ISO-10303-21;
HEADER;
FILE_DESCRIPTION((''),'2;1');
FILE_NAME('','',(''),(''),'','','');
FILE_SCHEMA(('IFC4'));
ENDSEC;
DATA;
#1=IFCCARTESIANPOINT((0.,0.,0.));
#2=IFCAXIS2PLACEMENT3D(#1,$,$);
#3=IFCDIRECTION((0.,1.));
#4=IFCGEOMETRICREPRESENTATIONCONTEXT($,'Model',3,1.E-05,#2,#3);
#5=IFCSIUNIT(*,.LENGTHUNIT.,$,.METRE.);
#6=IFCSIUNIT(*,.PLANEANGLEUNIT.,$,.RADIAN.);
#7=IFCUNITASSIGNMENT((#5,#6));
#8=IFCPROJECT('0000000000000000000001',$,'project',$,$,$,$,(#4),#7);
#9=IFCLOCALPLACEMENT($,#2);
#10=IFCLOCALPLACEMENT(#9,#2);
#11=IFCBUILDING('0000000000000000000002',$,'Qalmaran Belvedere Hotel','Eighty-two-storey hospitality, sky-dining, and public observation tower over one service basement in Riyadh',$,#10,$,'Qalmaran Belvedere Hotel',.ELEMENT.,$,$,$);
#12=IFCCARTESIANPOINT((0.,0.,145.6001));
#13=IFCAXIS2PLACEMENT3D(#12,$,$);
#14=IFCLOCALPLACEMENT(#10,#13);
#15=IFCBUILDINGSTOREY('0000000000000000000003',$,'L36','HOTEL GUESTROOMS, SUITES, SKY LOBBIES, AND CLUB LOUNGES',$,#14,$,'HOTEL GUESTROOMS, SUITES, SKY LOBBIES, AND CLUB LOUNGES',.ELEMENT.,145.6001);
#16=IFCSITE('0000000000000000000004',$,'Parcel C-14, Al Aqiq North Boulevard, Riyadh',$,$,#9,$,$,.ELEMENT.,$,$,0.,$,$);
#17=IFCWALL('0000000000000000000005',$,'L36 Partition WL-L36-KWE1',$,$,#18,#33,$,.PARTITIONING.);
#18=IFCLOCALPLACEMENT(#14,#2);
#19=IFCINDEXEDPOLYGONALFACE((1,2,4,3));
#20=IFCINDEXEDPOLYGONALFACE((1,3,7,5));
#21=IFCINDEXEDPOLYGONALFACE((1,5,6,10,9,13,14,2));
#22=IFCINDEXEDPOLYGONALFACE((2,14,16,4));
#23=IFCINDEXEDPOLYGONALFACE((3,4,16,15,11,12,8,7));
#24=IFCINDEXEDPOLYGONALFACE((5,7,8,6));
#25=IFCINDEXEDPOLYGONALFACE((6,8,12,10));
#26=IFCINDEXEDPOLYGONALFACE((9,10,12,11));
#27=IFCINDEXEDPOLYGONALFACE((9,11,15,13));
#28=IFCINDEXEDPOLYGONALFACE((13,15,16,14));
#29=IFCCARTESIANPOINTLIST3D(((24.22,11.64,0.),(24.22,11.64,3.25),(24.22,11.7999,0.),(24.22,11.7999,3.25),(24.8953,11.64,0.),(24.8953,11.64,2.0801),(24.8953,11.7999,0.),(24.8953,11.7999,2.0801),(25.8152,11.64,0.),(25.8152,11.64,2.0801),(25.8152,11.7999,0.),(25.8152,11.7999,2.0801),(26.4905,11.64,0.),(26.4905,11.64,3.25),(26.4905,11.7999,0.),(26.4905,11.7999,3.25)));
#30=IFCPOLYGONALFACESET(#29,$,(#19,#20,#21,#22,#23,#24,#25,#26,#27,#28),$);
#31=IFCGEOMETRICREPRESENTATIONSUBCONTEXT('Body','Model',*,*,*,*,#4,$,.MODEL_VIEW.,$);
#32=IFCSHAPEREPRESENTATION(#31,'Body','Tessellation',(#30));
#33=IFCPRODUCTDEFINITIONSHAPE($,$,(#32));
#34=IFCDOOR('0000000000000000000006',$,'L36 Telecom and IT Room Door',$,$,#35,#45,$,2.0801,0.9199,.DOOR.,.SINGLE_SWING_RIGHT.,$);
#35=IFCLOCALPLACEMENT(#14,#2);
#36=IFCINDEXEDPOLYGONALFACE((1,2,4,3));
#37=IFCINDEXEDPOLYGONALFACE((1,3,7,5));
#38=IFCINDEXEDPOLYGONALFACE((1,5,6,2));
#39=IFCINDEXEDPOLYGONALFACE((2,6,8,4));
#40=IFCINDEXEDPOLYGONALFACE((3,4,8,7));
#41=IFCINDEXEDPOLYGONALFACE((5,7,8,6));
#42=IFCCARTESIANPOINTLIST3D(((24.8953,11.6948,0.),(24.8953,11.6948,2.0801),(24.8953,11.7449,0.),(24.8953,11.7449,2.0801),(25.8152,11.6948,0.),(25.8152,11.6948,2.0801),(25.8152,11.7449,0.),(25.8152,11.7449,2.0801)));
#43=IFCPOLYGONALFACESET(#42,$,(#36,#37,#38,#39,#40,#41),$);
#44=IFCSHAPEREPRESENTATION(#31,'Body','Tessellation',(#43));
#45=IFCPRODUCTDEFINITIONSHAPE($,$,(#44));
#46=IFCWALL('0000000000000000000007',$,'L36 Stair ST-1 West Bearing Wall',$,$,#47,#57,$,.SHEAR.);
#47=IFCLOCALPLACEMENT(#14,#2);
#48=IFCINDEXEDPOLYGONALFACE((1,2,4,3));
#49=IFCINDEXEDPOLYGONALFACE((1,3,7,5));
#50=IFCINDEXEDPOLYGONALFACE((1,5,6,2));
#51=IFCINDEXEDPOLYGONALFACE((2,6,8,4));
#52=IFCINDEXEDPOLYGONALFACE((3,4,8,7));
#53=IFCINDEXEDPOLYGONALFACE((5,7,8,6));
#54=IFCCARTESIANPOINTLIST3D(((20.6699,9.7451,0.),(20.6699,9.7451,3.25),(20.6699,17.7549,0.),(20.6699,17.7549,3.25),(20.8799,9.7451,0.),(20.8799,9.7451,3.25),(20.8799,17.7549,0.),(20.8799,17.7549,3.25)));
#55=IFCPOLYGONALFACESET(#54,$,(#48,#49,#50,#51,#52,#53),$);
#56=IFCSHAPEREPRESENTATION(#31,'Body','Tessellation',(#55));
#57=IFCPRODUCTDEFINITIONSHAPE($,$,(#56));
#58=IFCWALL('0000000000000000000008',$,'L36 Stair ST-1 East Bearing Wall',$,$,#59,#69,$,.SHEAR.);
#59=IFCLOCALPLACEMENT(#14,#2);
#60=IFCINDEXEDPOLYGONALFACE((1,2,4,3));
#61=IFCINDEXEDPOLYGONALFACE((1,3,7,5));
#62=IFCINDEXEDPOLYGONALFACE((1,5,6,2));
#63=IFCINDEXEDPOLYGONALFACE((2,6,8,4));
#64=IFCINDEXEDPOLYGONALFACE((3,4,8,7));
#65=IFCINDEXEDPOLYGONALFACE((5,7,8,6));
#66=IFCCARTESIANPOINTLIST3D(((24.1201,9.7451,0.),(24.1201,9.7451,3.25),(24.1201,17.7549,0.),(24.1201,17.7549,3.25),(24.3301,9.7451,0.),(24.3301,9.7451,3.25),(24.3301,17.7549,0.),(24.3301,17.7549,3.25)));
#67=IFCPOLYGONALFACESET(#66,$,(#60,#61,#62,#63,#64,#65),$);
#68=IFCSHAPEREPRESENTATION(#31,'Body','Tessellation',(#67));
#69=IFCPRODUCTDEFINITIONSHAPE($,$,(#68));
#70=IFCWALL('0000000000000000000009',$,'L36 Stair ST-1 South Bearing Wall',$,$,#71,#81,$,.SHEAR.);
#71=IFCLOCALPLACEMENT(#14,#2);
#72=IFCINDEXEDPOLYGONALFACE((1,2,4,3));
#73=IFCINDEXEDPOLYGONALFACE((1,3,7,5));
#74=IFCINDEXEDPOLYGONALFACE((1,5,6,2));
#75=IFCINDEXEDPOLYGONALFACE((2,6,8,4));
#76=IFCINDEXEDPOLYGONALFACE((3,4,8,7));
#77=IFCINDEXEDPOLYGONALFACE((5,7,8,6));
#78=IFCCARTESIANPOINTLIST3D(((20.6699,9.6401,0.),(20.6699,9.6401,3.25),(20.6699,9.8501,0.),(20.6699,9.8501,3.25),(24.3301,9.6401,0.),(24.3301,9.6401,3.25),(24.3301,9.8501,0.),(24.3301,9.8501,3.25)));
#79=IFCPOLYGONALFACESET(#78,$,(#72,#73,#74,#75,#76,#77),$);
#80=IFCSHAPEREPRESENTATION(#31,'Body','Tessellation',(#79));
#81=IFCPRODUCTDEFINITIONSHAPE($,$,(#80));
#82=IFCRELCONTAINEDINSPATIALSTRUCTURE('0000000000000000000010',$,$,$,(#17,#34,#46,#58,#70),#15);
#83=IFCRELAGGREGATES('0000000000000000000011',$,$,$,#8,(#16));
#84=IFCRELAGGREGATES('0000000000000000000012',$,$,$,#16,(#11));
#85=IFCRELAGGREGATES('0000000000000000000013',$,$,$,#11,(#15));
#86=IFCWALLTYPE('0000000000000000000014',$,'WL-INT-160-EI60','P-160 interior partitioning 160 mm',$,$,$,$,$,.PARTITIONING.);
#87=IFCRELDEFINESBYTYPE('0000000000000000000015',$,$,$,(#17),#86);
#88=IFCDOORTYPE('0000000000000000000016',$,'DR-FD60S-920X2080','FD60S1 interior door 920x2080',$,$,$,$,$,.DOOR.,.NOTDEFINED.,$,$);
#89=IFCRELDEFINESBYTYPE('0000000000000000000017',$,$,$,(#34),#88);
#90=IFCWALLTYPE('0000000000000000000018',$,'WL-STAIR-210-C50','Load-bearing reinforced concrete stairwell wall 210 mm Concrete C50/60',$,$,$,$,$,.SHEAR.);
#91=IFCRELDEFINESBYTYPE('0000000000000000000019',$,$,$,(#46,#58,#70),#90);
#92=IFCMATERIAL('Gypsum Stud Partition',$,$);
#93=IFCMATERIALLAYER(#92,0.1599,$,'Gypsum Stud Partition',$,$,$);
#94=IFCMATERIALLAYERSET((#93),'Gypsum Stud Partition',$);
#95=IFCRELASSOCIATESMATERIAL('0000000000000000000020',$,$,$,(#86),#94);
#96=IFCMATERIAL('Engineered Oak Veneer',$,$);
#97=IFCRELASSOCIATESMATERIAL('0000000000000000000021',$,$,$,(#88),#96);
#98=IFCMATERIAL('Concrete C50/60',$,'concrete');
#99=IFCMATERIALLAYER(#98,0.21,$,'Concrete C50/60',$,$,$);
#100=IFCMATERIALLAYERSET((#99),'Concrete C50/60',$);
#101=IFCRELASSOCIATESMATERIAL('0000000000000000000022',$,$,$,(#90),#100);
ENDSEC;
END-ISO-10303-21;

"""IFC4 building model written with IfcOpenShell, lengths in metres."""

from ifc_helpers import new_model, si_unit, direction, frame, frame_2d, origin, place, context, subcontext, project, spatial, rectangle, extrude, material, layer, layer_set, type_object, element, fill, save


model = new_model("IFC4")

# Units and contexts
model_context = context("Model", 3, precision=1e-05, world=origin(), true_north=direction((0.0, 1.0)))
body_context = subcontext(model_context, "Body", "Model", "MODEL_VIEW")
ifc_project = project(units=[si_unit("LENGTHUNIT", "METRE"), si_unit("PLANEANGLEUNIT", "RADIAN")], contexts=[model_context])

# Site, building, storey
site_placement = place(None, origin())
site = spatial("IfcSite", under=ifc_project, at=site_placement, Name="Parcel C-14, Al Aqiq North Boulevard, Riyadh", CompositionType="ELEMENT", RefElevation=0.0)
building_placement = place(site_placement, origin())
building = spatial("IfcBuilding", under=site, at=building_placement, Name="Qalmaran Belvedere Hotel", Description="Eighty-two-storey hospitality, sky-dining, and public observation tower over one service basement in Riyadh", LongName="Qalmaran Belvedere Hotel", CompositionType="ELEMENT")
storey_placement = place(building_placement, frame((0.0, 0.0, 145.6001)))
storey = spatial("IfcBuildingStorey", under=building, at=storey_placement, Name="L36", Description="HOTEL GUESTROOMS, SUITES, SKY LOBBIES, AND CLUB LOUNGES", LongName="HOTEL GUESTROOMS, SUITES, SKY LOBBIES, AND CLUB LOUNGES", CompositionType="ELEMENT", Elevation=145.6001)

# Shared definitions
ifc_material_1 = material(Name="Concrete C50/60", Category="concrete")

# Shared definitions
ifc_material_2 = material(Name="Gypsum Stud Partition")

# Wall, opening, door
ifc_layer_1 = layer(ifc_material_2, 0.1599, Name="Gypsum Stud Partition")
ifc_layer_set_1 = layer_set([ifc_layer_1], Name="Gypsum Stud Partition")
wall_type_1 = type_object("IfcWallType", Name="WL-INT-160-EI60", Description="P-160 interior partitioning 160 mm", PredefinedType="PARTITIONING", material=ifc_layer_set_1)
wall_1_placement = place(storey_placement, frame((24.22, 11.72, 0.0), z_axis=(0.0, 0.0, 1.0), x_axis=(1.0, 0.0, 0.0)))
wall_1 = element("IfcWall", 1, at=wall_1_placement, inside=storey, type_object=wall_type_1, Name="L36 Partition WL-L36-KWE1", PredefinedType="PARTITIONING", context=body_context, shape_type="SweptSolid", body=[
    extrude(rectangle(XDim=2.2705, YDim=0.1599, at=frame_2d((1.1353, 0.0))), origin(), (0.0, 0.0, 1.0), 3.25),
])
opening_1_placement = place(wall_1_placement, frame((0.6753, 0.0, 0.0)))
opening_1 = element("IfcOpeningElement", 2, at=opening_1_placement, cuts=wall_1, PredefinedType="OPENING", context=body_context, shape_type="SweptSolid", body=[
    extrude(rectangle(XDim=0.9199, YDim=2.0801, at=frame_2d((0.46, 1.04))), frame((0.0, 0.0898, 0.0), z_axis=(0.0, -1.0, 0.0), x_axis=(1.0, 0.0, 0.0)), (0.0, 0.0, 1.0), 0.1799),
])
ifc_material_3 = material(Name="Engineered Oak Veneer")
door_type_1 = type_object("IfcDoorType", Name="DR-FD60S-920X2080", Description="FD60S1 interior door 920x2080", OperationType="NOTDEFINED", PredefinedType="DOOR", material=ifc_material_3)
door_1_placement = place(opening_1_placement, origin())
door_1 = element("IfcDoor", 3, at=door_1_placement, inside=storey, type_object=door_type_1, Name="L36 Telecom and IT Room Door", OperationType="SINGLE_SWING_RIGHT", OverallHeight=2.0801, OverallWidth=0.9199, PredefinedType="DOOR", context=body_context, shape_type="SweptSolid", body=[
    extrude(rectangle(XDim=0.9199, YDim=2.0801, at=frame_2d((0.46, 1.04))), frame((0.0, 0.0249, 0.0), z_axis=(0.0, -1.0, 0.0), x_axis=(1.0, 0.0, 0.0)), (0.0, 0.0, 1.0), 0.05),
])
fill(opening_1, door_1)

# Walls
ifc_layer_2 = layer(ifc_material_1, 0.21, Name="Concrete C50/60")
ifc_layer_set_2 = layer_set([ifc_layer_2], Name="Concrete C50/60")
wall_type_2 = type_object("IfcWallType", Name="WL-STAIR-210-C50", Description="Load-bearing reinforced concrete stairwell wall 210 mm Concrete C50/60", PredefinedType="SHEAR", material=ifc_layer_set_2)
for number, where, z_axis, x_axis, name in (
    (4, (20.7749, 9.7451, 0.0), (0.0, 0.0, 1.0), (0.0, 1.0, 0.0), "L36 Stair ST-1 West Bearing Wall"),
    (5, (24.2251, 9.7451, 0.0), (0.0, 0.0, 1.0), (0.0, 1.0, 0.0), "L36 Stair ST-1 East Bearing Wall"),
):
    element("IfcWall", number, at=place(storey_placement, frame(where, z_axis=z_axis, x_axis=x_axis)), inside=storey, type_object=wall_type_2, Name=name, PredefinedType="SHEAR", context=body_context, shape_type="SweptSolid", body=[
        extrude(rectangle(XDim=8.0098, YDim=0.21, at=frame_2d((4.0049, 0.0))), origin(), (0.0, 0.0, 1.0), 3.25),
    ])
wall_2_placement = place(storey_placement, frame((20.6699, 9.7451, 0.0), z_axis=(0.0, 0.0, 1.0), x_axis=(1.0, 0.0, 0.0)))
element("IfcWall", 6, at=wall_2_placement, inside=storey, type_object=wall_type_2, Name="L36 Stair ST-1 South Bearing Wall", PredefinedType="SHEAR", context=body_context, shape_type="SweptSolid", body=[
    extrude(rectangle(XDim=3.6602, YDim=0.21, at=frame_2d((1.8301, 0.0))), origin(), (0.0, 0.0, 1.0), 3.25),
])

save(model, "model.ifc")
